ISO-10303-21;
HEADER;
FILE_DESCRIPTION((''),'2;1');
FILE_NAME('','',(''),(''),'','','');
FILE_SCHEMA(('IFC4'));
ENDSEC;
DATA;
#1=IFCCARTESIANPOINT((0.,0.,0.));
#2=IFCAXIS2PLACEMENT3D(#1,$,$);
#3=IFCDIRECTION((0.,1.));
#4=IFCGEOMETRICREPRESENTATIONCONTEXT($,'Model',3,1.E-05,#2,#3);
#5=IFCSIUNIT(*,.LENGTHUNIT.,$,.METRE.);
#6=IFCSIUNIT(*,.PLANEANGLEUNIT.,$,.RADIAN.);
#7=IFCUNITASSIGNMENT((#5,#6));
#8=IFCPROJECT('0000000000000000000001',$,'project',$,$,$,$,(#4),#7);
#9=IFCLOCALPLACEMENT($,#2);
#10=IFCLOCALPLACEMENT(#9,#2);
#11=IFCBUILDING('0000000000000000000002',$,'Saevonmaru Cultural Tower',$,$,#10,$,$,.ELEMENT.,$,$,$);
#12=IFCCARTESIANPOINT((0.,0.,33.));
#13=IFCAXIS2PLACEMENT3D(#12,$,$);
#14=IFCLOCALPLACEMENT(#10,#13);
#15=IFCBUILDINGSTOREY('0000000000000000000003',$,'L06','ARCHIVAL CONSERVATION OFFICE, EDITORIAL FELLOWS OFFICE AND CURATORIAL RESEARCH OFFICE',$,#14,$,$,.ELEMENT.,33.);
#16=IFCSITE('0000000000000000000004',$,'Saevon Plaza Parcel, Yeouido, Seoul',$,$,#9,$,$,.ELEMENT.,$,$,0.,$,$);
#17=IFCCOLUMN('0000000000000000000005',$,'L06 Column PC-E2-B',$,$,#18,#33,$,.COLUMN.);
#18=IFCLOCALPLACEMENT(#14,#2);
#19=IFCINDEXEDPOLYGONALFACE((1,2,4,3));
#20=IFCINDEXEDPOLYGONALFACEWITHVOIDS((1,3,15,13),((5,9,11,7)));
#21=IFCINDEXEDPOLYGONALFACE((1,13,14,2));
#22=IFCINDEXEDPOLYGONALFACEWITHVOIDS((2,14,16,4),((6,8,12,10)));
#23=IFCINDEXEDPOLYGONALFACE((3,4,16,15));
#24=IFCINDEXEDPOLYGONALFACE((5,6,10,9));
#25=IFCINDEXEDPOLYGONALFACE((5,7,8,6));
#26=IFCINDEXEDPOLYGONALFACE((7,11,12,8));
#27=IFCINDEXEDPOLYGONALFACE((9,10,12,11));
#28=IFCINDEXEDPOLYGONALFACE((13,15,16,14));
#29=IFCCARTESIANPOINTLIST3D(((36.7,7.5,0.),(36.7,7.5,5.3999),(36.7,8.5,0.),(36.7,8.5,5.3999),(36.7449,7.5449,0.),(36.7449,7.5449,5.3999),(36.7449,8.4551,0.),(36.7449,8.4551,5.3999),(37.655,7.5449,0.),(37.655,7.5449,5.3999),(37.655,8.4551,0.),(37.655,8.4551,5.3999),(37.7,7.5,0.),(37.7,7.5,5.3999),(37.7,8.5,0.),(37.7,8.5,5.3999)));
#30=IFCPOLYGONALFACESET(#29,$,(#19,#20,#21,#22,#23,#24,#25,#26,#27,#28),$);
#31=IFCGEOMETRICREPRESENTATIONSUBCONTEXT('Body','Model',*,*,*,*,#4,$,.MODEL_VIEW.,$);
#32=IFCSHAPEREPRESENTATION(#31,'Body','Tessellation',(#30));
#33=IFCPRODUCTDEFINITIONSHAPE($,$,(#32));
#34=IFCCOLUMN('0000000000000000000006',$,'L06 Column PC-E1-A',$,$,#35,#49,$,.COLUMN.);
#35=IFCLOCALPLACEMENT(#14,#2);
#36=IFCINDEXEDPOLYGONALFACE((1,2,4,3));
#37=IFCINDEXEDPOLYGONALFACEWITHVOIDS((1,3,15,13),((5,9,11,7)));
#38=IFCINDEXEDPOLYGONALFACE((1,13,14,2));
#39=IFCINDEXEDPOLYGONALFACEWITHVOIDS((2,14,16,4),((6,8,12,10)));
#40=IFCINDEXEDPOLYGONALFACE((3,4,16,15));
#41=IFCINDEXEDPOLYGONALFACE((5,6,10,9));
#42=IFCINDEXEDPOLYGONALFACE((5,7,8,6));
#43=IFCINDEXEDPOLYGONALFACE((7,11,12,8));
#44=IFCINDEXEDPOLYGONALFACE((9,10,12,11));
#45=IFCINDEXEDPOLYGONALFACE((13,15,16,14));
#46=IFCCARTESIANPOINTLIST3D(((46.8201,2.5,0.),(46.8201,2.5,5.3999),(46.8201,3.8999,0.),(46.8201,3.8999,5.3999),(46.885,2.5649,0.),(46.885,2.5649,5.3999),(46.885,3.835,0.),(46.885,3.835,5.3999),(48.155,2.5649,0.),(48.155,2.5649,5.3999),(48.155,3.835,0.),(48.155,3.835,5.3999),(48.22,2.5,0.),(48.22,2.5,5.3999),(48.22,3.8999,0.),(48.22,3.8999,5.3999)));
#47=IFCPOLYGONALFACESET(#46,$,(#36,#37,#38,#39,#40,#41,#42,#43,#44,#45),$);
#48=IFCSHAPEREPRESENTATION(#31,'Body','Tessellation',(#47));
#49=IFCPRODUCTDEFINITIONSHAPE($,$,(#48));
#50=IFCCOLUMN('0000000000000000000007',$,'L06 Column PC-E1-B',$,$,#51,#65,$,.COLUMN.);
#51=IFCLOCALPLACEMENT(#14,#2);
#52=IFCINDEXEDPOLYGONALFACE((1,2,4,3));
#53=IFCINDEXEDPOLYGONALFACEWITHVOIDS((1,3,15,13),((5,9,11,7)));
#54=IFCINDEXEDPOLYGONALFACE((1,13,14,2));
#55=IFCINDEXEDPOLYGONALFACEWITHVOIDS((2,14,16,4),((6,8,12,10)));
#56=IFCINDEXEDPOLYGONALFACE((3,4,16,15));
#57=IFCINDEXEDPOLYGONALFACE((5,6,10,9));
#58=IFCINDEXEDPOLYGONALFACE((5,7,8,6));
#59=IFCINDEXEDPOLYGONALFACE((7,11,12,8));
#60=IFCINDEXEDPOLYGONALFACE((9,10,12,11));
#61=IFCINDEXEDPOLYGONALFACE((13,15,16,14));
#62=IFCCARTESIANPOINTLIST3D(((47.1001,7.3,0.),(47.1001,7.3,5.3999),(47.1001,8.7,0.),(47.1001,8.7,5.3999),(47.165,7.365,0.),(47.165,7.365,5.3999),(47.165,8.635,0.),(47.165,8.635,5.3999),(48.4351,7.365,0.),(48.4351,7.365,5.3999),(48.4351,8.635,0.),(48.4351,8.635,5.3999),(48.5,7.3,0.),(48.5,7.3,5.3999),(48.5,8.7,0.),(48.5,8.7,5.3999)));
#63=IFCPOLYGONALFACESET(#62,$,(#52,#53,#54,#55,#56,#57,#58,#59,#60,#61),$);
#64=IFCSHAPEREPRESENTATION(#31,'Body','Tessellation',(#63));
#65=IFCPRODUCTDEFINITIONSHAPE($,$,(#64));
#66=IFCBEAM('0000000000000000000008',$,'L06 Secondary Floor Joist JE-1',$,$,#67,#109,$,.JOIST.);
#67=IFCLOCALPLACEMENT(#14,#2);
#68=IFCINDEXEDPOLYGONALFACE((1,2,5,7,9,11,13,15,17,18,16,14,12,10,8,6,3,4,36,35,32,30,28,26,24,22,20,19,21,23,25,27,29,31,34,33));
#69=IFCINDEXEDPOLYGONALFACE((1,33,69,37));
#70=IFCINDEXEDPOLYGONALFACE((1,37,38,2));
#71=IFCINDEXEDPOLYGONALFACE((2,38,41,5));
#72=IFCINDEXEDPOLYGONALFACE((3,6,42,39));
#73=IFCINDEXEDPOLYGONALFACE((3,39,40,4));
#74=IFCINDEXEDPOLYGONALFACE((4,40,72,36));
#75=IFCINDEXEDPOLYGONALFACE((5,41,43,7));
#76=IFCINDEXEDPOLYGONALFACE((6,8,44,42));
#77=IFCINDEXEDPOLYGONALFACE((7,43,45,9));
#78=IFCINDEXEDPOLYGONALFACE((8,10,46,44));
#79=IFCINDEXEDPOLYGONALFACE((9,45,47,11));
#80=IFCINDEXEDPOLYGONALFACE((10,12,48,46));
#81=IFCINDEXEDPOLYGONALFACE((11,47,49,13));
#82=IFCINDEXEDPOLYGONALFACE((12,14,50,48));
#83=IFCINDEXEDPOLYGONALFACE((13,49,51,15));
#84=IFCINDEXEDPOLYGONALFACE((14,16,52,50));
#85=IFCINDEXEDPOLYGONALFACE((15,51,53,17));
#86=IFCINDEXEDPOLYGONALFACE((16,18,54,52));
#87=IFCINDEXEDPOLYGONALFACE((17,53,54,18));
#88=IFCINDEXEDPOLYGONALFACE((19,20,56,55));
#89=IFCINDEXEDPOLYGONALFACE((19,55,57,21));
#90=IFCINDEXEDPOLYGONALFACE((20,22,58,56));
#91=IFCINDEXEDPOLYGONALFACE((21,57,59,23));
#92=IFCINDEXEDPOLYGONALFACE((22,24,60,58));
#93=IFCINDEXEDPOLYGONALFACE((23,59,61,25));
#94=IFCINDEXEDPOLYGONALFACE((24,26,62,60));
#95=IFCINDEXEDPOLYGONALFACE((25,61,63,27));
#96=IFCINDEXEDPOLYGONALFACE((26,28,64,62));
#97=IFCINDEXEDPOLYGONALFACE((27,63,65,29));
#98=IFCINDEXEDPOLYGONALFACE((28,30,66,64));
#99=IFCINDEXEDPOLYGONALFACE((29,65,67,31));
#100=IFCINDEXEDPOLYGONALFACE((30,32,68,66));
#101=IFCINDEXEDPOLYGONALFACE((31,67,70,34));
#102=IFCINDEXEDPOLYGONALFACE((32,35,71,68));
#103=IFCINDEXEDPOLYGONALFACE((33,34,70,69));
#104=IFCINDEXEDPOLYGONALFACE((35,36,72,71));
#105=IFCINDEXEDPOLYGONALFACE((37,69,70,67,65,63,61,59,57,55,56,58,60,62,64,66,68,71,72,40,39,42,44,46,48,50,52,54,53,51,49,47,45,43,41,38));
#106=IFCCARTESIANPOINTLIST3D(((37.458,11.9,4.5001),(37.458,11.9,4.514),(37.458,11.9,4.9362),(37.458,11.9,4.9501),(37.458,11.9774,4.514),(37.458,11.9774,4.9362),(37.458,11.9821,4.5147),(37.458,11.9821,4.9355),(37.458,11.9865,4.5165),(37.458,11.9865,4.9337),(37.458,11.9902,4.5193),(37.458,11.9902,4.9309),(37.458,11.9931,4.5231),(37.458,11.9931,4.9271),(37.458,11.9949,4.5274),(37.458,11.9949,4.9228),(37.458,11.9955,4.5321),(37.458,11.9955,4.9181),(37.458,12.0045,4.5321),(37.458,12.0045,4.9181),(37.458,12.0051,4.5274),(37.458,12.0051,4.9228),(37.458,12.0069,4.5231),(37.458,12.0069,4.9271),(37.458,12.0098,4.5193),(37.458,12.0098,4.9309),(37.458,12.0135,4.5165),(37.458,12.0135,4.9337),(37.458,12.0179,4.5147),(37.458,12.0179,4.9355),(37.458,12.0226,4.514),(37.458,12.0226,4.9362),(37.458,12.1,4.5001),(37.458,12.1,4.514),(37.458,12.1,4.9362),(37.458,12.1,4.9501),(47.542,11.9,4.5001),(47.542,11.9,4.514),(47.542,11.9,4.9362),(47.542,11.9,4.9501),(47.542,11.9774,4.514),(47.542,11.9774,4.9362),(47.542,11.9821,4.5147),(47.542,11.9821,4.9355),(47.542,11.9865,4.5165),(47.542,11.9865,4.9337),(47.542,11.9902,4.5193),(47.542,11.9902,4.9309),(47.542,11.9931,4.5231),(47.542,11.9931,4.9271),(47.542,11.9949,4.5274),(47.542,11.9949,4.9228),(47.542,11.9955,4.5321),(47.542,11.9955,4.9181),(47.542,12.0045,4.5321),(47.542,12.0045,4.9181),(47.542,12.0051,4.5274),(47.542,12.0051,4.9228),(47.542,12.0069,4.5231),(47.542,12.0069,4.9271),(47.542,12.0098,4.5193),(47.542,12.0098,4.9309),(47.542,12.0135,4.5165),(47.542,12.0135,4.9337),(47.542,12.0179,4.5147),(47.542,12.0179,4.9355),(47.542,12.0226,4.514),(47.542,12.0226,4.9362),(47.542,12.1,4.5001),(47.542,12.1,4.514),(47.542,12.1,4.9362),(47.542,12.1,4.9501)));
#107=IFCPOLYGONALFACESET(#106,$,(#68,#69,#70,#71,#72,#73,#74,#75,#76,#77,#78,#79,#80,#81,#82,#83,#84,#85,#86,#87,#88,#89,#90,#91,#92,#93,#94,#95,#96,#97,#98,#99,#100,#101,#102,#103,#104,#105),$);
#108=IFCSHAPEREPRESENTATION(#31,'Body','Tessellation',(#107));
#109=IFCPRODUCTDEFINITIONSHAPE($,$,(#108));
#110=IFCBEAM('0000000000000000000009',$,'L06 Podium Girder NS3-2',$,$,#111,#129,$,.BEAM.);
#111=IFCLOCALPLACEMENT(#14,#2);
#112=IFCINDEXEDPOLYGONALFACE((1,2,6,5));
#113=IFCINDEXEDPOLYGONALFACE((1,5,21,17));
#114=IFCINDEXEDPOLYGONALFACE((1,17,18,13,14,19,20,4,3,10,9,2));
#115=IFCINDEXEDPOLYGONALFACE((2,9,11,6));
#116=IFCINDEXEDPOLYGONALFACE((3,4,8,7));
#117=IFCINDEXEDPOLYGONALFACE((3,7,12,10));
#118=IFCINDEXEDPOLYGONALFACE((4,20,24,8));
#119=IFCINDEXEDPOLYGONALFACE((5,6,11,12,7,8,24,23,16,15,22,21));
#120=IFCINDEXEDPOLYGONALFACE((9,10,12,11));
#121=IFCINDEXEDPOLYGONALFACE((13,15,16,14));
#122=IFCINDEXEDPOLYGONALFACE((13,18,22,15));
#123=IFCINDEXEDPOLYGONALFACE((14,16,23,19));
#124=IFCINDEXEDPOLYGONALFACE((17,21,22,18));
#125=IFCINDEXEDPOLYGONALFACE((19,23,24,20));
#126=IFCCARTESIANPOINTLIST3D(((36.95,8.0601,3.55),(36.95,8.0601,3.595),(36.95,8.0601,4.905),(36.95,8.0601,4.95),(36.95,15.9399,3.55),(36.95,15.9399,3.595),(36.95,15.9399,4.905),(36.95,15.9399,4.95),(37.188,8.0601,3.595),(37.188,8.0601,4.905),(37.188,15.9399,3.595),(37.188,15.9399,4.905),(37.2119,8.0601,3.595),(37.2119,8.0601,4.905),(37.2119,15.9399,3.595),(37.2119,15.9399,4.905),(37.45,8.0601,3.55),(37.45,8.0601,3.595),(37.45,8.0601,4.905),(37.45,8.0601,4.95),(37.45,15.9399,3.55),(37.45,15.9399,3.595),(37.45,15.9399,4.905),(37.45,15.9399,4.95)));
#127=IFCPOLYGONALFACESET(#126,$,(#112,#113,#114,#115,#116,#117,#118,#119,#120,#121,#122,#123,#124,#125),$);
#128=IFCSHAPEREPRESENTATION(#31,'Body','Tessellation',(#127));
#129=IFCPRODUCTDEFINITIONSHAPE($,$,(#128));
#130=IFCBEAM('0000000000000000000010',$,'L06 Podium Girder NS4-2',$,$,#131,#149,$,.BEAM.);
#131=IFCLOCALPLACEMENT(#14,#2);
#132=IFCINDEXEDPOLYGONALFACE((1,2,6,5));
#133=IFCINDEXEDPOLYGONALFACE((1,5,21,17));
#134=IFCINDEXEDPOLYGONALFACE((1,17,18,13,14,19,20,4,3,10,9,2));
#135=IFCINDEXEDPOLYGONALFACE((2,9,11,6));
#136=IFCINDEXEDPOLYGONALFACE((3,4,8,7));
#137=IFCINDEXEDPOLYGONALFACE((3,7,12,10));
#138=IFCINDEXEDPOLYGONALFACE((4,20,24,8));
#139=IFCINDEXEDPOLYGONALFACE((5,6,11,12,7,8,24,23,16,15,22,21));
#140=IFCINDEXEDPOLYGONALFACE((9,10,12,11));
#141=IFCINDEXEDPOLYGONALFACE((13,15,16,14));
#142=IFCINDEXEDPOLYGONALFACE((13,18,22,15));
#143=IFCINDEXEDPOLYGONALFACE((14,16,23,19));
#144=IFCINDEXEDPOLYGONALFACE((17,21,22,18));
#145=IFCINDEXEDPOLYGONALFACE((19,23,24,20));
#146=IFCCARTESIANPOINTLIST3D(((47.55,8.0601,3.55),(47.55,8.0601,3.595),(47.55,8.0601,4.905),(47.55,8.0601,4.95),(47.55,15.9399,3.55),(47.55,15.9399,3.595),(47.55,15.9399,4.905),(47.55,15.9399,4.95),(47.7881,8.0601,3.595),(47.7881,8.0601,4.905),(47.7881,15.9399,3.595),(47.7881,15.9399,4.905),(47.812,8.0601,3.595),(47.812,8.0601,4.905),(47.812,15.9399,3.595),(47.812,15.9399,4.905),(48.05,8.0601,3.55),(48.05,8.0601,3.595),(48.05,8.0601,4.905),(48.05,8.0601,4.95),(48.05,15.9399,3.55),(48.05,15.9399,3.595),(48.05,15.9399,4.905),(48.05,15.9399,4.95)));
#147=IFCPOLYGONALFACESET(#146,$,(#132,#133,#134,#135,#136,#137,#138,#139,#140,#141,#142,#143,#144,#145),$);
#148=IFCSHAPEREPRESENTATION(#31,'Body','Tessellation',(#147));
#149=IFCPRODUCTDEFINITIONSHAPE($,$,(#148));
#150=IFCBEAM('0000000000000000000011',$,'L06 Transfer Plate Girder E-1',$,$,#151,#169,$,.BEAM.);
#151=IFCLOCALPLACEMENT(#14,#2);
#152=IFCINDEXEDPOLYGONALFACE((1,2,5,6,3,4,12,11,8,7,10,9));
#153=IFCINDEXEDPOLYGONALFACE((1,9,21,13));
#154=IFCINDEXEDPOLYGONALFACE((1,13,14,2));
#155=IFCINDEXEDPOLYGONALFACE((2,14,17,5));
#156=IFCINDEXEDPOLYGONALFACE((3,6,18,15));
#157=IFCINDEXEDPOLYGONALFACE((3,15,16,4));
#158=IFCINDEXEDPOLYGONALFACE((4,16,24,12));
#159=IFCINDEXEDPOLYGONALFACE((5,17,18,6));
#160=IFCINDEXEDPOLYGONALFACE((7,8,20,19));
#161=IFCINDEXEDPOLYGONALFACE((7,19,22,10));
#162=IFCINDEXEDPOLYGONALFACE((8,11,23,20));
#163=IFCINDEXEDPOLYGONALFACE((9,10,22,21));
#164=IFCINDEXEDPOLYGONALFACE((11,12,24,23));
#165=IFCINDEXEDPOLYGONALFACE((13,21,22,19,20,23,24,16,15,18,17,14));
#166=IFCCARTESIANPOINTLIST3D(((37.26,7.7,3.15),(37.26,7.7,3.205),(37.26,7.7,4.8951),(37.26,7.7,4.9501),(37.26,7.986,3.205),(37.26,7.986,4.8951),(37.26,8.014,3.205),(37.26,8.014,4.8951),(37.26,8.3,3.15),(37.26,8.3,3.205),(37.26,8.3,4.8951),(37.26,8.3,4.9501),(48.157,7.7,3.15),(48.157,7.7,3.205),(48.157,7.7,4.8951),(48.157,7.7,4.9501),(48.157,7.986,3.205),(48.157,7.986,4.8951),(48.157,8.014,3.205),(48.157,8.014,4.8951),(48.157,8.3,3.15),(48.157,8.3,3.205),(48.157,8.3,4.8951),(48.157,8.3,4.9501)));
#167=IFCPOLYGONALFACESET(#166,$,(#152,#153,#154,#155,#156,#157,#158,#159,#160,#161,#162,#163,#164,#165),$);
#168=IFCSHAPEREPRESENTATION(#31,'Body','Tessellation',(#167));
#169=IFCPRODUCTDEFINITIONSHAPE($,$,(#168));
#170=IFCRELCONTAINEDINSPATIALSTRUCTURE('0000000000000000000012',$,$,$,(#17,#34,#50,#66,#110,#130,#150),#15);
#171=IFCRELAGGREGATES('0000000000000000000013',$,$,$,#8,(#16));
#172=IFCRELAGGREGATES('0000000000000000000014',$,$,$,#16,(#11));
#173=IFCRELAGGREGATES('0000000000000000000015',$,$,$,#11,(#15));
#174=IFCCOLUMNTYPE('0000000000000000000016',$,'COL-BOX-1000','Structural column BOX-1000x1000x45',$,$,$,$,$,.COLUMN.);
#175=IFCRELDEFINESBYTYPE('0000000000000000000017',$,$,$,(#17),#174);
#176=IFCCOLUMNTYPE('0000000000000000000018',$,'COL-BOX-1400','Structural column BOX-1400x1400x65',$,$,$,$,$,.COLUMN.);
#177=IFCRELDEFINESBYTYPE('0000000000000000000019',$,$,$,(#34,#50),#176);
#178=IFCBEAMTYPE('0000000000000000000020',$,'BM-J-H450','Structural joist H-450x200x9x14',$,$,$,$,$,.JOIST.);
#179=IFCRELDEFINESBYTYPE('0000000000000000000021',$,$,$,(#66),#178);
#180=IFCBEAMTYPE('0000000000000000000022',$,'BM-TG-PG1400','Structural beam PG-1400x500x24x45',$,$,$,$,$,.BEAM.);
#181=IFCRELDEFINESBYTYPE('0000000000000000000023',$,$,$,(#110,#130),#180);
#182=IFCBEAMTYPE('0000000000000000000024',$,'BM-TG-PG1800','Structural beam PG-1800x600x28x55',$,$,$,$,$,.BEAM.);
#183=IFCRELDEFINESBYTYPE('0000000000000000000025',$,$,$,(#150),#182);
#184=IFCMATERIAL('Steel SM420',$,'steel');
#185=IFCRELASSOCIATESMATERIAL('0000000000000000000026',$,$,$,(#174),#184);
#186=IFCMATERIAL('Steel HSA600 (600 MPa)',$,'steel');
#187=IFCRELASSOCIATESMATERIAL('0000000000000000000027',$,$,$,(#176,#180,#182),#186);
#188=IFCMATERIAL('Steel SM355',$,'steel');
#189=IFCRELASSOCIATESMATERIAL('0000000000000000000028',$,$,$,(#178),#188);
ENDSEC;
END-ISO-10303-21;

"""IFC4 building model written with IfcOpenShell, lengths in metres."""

from ifc_helpers import new_model, si_unit, direction, frame, origin, origin_2d, place, context, subcontext, project, spatial, hollow_rectangle, i_section, extrude, material, material_profile, profile_set, type_object, element, save


model = new_model("IFC4")

# Units and contexts
model_context = context("Model", 3, precision=1e-05, world=origin(), true_north=direction((0.0, 1.0)))
body_context = subcontext(model_context, "Body", "Model", "MODEL_VIEW")
ifc_project = project(units=[si_unit("LENGTHUNIT", "METRE"), si_unit("PLANEANGLEUNIT", "RADIAN")], contexts=[model_context])

# Site, building, storey
site_placement = place(None, origin())
site = spatial("IfcSite", under=ifc_project, at=site_placement, Name="Saevon Plaza Parcel, Yeouido, Seoul", CompositionType="ELEMENT", RefElevation=0.0)
building_placement = place(site_placement, origin())
building = spatial("IfcBuilding", under=site, at=building_placement, Name="Saevonmaru Cultural Tower", CompositionType="ELEMENT")
storey_placement = place(building_placement, frame((0.0, 0.0, 33.0)))
storey = spatial("IfcBuildingStorey", under=building, at=storey_placement, Name="L06", Description="ARCHIVAL CONSERVATION OFFICE, EDITORIAL FELLOWS OFFICE AND CURATORIAL RESEARCH OFFICE", CompositionType="ELEMENT", Elevation=33.0)

# Columns
ifc_material_1 = material(Name="Steel SM420", Category="steel")
ifc_material_profile_1 = material_profile(ifc_material_1, hollow_rectangle(XDim=1.0, YDim=1.0, WallThickness=0.0449, at=origin_2d()), Name="BOX-1000x1000x45")
ifc_profile_set_1 = profile_set([ifc_material_profile_1], Name="Steel SM420")
column_type_1 = type_object("IfcColumnType", Name="COL-BOX-1000", Description="Structural column BOX-1000x1000x45", PredefinedType="COLUMN", material=ifc_profile_set_1)
column_placement = place(storey_placement, frame((37.2, 8.0, 0.0), z_axis=(0.0, 0.0, 1.0), x_axis=(1.0, 0.0, 0.0)))
element("IfcColumn", 1, at=column_placement, inside=storey, type_object=column_type_1, Name="L06 Column PC-E2-B", PredefinedType="COLUMN", context=body_context, shape_type="SweptSolid", body=[
    extrude(hollow_rectangle(XDim=1.0, YDim=1.0, WallThickness=0.0449, at=origin_2d()), origin(), (0.0, 0.0, 1.0), 5.3999),
])
ifc_material_2 = material(Name="Steel HSA600 (600 MPa)", Category="steel")
ifc_material_profile_2 = material_profile(ifc_material_2, hollow_rectangle(XDim=1.3999, YDim=1.3999, WallThickness=0.0649, at=origin_2d()), Name="BOX-1400x1400x65")
ifc_profile_set_2 = profile_set([ifc_material_profile_2], Name="Steel HSA600 (600 MPa)")
column_type_2 = type_object("IfcColumnType", Name="COL-BOX-1400", Description="Structural column BOX-1400x1400x65", PredefinedType="COLUMN", material=ifc_profile_set_2)
for number, where, z_axis, x_axis, name in (
    (2, (47.52, 3.2, 0.0), (0.0, 0.0, 1.0), (1.0, 0.0, 0.0), "L06 Column PC-E1-A"),
    (3, (47.8, 8.0, 0.0), (0.0, 0.0, 1.0), (1.0, 0.0, 0.0), "L06 Column PC-E1-B"),
):
    element("IfcColumn", number, at=place(storey_placement, frame(where, z_axis=z_axis, x_axis=x_axis)), inside=storey, type_object=column_type_2, Name=name, PredefinedType="COLUMN", context=body_context, shape_type="SweptSolid", body=[
        extrude(hollow_rectangle(XDim=1.3999, YDim=1.3999, WallThickness=0.0649, at=origin_2d()), origin(), (0.0, 0.0, 1.0), 5.3999),
    ])

# Beams
ifc_material_3 = material(Name="Steel SM355", Category="steel")
ifc_material_profile_3 = material_profile(ifc_material_3, i_section(OverallWidth=0.2, OverallDepth=0.45, WebThickness=0.009, FlangeThickness=0.0139, FilletRadius=0.0181, at=origin_2d()), Name="H-450x200x9x14")
ifc_profile_set_3 = profile_set([ifc_material_profile_3], Name="Steel SM355")
beam_type_1 = type_object("IfcBeamType", Name="BM-J-H450", Description="Structural joist H-450x200x9x14", PredefinedType="JOIST", material=ifc_profile_set_3)
beam_1_placement = place(storey_placement, frame((37.458, 12.0, 4.7251), z_axis=(1.0, 0.0, 0.0), x_axis=(0.0, 1.0, 0.0)))
element("IfcBeam", 4, at=beam_1_placement, inside=storey, type_object=beam_type_1, Name="L06 Secondary Floor Joist JE-1", PredefinedType="JOIST", context=body_context, shape_type="SweptSolid", body=[
    extrude(i_section(OverallWidth=0.2, OverallDepth=0.45, WebThickness=0.009, FlangeThickness=0.0139, FilletRadius=0.0181, at=origin_2d()), origin(), (0.0, 0.0, 1.0), 10.084),
])
ifc_material_profile_4 = material_profile(ifc_material_2, i_section(OverallWidth=0.5, OverallDepth=1.3999, WebThickness=0.0239, FlangeThickness=0.0449, at=origin_2d()), Name="PG-1400x500x24x45")
ifc_profile_set_4 = profile_set([ifc_material_profile_4], Name="Steel HSA600 (600 MPa)")
beam_type_2 = type_object("IfcBeamType", Name="BM-TG-PG1400", Description="Structural beam PG-1400x500x24x45", PredefinedType="BEAM", material=ifc_profile_set_4)
for number, where, z_axis, x_axis, name in (
    (5, (37.2, 8.0601, 4.25), (0.0, 1.0, 0.0), (-1.0, 0.0, 0.0), "L06 Podium Girder NS3-2"),
    (6, (47.8, 8.0601, 4.25), (0.0, 1.0, 0.0), (-1.0, 0.0, 0.0), "L06 Podium Girder NS4-2"),
):
    element("IfcBeam", number, at=place(storey_placement, frame(where, z_axis=z_axis, x_axis=x_axis)), inside=storey, type_object=beam_type_2, Name=name, PredefinedType="BEAM", context=body_context, shape_type="SweptSolid", body=[
        extrude(i_section(OverallWidth=0.5, OverallDepth=1.3999, WebThickness=0.0239, FlangeThickness=0.0449, at=origin_2d()), origin(), (0.0, 0.0, 1.0), 7.8799),
    ])
ifc_material_profile_5 = material_profile(ifc_material_2, i_section(OverallWidth=0.6001, OverallDepth=1.8, WebThickness=0.0281, FlangeThickness=0.0549, at=origin_2d()), Name="PG-1800x600x28x55")
ifc_profile_set_5 = profile_set([ifc_material_profile_5], Name="Steel HSA600 (600 MPa)")
beam_type_3 = type_object("IfcBeamType", Name="BM-TG-PG1800", Description="Structural beam PG-1800x600x28x55", PredefinedType="BEAM", material=ifc_profile_set_5)
beam_2_placement = place(storey_placement, frame((37.26, 8.0, 4.05), z_axis=(1.0, 0.0, 0.0), x_axis=(0.0, 1.0, 0.0)))
element("IfcBeam", 7, at=beam_2_placement, inside=storey, type_object=beam_type_3, Name="L06 Transfer Plate Girder E-1", PredefinedType="BEAM", context=body_context, shape_type="SweptSolid", body=[
    extrude(i_section(OverallWidth=0.6001, OverallDepth=1.8, WebThickness=0.0281, FlangeThickness=0.0549, at=origin_2d()), origin(), (0.0, 0.0, 1.0), 10.897),
])

save(model, "model.ifc")
